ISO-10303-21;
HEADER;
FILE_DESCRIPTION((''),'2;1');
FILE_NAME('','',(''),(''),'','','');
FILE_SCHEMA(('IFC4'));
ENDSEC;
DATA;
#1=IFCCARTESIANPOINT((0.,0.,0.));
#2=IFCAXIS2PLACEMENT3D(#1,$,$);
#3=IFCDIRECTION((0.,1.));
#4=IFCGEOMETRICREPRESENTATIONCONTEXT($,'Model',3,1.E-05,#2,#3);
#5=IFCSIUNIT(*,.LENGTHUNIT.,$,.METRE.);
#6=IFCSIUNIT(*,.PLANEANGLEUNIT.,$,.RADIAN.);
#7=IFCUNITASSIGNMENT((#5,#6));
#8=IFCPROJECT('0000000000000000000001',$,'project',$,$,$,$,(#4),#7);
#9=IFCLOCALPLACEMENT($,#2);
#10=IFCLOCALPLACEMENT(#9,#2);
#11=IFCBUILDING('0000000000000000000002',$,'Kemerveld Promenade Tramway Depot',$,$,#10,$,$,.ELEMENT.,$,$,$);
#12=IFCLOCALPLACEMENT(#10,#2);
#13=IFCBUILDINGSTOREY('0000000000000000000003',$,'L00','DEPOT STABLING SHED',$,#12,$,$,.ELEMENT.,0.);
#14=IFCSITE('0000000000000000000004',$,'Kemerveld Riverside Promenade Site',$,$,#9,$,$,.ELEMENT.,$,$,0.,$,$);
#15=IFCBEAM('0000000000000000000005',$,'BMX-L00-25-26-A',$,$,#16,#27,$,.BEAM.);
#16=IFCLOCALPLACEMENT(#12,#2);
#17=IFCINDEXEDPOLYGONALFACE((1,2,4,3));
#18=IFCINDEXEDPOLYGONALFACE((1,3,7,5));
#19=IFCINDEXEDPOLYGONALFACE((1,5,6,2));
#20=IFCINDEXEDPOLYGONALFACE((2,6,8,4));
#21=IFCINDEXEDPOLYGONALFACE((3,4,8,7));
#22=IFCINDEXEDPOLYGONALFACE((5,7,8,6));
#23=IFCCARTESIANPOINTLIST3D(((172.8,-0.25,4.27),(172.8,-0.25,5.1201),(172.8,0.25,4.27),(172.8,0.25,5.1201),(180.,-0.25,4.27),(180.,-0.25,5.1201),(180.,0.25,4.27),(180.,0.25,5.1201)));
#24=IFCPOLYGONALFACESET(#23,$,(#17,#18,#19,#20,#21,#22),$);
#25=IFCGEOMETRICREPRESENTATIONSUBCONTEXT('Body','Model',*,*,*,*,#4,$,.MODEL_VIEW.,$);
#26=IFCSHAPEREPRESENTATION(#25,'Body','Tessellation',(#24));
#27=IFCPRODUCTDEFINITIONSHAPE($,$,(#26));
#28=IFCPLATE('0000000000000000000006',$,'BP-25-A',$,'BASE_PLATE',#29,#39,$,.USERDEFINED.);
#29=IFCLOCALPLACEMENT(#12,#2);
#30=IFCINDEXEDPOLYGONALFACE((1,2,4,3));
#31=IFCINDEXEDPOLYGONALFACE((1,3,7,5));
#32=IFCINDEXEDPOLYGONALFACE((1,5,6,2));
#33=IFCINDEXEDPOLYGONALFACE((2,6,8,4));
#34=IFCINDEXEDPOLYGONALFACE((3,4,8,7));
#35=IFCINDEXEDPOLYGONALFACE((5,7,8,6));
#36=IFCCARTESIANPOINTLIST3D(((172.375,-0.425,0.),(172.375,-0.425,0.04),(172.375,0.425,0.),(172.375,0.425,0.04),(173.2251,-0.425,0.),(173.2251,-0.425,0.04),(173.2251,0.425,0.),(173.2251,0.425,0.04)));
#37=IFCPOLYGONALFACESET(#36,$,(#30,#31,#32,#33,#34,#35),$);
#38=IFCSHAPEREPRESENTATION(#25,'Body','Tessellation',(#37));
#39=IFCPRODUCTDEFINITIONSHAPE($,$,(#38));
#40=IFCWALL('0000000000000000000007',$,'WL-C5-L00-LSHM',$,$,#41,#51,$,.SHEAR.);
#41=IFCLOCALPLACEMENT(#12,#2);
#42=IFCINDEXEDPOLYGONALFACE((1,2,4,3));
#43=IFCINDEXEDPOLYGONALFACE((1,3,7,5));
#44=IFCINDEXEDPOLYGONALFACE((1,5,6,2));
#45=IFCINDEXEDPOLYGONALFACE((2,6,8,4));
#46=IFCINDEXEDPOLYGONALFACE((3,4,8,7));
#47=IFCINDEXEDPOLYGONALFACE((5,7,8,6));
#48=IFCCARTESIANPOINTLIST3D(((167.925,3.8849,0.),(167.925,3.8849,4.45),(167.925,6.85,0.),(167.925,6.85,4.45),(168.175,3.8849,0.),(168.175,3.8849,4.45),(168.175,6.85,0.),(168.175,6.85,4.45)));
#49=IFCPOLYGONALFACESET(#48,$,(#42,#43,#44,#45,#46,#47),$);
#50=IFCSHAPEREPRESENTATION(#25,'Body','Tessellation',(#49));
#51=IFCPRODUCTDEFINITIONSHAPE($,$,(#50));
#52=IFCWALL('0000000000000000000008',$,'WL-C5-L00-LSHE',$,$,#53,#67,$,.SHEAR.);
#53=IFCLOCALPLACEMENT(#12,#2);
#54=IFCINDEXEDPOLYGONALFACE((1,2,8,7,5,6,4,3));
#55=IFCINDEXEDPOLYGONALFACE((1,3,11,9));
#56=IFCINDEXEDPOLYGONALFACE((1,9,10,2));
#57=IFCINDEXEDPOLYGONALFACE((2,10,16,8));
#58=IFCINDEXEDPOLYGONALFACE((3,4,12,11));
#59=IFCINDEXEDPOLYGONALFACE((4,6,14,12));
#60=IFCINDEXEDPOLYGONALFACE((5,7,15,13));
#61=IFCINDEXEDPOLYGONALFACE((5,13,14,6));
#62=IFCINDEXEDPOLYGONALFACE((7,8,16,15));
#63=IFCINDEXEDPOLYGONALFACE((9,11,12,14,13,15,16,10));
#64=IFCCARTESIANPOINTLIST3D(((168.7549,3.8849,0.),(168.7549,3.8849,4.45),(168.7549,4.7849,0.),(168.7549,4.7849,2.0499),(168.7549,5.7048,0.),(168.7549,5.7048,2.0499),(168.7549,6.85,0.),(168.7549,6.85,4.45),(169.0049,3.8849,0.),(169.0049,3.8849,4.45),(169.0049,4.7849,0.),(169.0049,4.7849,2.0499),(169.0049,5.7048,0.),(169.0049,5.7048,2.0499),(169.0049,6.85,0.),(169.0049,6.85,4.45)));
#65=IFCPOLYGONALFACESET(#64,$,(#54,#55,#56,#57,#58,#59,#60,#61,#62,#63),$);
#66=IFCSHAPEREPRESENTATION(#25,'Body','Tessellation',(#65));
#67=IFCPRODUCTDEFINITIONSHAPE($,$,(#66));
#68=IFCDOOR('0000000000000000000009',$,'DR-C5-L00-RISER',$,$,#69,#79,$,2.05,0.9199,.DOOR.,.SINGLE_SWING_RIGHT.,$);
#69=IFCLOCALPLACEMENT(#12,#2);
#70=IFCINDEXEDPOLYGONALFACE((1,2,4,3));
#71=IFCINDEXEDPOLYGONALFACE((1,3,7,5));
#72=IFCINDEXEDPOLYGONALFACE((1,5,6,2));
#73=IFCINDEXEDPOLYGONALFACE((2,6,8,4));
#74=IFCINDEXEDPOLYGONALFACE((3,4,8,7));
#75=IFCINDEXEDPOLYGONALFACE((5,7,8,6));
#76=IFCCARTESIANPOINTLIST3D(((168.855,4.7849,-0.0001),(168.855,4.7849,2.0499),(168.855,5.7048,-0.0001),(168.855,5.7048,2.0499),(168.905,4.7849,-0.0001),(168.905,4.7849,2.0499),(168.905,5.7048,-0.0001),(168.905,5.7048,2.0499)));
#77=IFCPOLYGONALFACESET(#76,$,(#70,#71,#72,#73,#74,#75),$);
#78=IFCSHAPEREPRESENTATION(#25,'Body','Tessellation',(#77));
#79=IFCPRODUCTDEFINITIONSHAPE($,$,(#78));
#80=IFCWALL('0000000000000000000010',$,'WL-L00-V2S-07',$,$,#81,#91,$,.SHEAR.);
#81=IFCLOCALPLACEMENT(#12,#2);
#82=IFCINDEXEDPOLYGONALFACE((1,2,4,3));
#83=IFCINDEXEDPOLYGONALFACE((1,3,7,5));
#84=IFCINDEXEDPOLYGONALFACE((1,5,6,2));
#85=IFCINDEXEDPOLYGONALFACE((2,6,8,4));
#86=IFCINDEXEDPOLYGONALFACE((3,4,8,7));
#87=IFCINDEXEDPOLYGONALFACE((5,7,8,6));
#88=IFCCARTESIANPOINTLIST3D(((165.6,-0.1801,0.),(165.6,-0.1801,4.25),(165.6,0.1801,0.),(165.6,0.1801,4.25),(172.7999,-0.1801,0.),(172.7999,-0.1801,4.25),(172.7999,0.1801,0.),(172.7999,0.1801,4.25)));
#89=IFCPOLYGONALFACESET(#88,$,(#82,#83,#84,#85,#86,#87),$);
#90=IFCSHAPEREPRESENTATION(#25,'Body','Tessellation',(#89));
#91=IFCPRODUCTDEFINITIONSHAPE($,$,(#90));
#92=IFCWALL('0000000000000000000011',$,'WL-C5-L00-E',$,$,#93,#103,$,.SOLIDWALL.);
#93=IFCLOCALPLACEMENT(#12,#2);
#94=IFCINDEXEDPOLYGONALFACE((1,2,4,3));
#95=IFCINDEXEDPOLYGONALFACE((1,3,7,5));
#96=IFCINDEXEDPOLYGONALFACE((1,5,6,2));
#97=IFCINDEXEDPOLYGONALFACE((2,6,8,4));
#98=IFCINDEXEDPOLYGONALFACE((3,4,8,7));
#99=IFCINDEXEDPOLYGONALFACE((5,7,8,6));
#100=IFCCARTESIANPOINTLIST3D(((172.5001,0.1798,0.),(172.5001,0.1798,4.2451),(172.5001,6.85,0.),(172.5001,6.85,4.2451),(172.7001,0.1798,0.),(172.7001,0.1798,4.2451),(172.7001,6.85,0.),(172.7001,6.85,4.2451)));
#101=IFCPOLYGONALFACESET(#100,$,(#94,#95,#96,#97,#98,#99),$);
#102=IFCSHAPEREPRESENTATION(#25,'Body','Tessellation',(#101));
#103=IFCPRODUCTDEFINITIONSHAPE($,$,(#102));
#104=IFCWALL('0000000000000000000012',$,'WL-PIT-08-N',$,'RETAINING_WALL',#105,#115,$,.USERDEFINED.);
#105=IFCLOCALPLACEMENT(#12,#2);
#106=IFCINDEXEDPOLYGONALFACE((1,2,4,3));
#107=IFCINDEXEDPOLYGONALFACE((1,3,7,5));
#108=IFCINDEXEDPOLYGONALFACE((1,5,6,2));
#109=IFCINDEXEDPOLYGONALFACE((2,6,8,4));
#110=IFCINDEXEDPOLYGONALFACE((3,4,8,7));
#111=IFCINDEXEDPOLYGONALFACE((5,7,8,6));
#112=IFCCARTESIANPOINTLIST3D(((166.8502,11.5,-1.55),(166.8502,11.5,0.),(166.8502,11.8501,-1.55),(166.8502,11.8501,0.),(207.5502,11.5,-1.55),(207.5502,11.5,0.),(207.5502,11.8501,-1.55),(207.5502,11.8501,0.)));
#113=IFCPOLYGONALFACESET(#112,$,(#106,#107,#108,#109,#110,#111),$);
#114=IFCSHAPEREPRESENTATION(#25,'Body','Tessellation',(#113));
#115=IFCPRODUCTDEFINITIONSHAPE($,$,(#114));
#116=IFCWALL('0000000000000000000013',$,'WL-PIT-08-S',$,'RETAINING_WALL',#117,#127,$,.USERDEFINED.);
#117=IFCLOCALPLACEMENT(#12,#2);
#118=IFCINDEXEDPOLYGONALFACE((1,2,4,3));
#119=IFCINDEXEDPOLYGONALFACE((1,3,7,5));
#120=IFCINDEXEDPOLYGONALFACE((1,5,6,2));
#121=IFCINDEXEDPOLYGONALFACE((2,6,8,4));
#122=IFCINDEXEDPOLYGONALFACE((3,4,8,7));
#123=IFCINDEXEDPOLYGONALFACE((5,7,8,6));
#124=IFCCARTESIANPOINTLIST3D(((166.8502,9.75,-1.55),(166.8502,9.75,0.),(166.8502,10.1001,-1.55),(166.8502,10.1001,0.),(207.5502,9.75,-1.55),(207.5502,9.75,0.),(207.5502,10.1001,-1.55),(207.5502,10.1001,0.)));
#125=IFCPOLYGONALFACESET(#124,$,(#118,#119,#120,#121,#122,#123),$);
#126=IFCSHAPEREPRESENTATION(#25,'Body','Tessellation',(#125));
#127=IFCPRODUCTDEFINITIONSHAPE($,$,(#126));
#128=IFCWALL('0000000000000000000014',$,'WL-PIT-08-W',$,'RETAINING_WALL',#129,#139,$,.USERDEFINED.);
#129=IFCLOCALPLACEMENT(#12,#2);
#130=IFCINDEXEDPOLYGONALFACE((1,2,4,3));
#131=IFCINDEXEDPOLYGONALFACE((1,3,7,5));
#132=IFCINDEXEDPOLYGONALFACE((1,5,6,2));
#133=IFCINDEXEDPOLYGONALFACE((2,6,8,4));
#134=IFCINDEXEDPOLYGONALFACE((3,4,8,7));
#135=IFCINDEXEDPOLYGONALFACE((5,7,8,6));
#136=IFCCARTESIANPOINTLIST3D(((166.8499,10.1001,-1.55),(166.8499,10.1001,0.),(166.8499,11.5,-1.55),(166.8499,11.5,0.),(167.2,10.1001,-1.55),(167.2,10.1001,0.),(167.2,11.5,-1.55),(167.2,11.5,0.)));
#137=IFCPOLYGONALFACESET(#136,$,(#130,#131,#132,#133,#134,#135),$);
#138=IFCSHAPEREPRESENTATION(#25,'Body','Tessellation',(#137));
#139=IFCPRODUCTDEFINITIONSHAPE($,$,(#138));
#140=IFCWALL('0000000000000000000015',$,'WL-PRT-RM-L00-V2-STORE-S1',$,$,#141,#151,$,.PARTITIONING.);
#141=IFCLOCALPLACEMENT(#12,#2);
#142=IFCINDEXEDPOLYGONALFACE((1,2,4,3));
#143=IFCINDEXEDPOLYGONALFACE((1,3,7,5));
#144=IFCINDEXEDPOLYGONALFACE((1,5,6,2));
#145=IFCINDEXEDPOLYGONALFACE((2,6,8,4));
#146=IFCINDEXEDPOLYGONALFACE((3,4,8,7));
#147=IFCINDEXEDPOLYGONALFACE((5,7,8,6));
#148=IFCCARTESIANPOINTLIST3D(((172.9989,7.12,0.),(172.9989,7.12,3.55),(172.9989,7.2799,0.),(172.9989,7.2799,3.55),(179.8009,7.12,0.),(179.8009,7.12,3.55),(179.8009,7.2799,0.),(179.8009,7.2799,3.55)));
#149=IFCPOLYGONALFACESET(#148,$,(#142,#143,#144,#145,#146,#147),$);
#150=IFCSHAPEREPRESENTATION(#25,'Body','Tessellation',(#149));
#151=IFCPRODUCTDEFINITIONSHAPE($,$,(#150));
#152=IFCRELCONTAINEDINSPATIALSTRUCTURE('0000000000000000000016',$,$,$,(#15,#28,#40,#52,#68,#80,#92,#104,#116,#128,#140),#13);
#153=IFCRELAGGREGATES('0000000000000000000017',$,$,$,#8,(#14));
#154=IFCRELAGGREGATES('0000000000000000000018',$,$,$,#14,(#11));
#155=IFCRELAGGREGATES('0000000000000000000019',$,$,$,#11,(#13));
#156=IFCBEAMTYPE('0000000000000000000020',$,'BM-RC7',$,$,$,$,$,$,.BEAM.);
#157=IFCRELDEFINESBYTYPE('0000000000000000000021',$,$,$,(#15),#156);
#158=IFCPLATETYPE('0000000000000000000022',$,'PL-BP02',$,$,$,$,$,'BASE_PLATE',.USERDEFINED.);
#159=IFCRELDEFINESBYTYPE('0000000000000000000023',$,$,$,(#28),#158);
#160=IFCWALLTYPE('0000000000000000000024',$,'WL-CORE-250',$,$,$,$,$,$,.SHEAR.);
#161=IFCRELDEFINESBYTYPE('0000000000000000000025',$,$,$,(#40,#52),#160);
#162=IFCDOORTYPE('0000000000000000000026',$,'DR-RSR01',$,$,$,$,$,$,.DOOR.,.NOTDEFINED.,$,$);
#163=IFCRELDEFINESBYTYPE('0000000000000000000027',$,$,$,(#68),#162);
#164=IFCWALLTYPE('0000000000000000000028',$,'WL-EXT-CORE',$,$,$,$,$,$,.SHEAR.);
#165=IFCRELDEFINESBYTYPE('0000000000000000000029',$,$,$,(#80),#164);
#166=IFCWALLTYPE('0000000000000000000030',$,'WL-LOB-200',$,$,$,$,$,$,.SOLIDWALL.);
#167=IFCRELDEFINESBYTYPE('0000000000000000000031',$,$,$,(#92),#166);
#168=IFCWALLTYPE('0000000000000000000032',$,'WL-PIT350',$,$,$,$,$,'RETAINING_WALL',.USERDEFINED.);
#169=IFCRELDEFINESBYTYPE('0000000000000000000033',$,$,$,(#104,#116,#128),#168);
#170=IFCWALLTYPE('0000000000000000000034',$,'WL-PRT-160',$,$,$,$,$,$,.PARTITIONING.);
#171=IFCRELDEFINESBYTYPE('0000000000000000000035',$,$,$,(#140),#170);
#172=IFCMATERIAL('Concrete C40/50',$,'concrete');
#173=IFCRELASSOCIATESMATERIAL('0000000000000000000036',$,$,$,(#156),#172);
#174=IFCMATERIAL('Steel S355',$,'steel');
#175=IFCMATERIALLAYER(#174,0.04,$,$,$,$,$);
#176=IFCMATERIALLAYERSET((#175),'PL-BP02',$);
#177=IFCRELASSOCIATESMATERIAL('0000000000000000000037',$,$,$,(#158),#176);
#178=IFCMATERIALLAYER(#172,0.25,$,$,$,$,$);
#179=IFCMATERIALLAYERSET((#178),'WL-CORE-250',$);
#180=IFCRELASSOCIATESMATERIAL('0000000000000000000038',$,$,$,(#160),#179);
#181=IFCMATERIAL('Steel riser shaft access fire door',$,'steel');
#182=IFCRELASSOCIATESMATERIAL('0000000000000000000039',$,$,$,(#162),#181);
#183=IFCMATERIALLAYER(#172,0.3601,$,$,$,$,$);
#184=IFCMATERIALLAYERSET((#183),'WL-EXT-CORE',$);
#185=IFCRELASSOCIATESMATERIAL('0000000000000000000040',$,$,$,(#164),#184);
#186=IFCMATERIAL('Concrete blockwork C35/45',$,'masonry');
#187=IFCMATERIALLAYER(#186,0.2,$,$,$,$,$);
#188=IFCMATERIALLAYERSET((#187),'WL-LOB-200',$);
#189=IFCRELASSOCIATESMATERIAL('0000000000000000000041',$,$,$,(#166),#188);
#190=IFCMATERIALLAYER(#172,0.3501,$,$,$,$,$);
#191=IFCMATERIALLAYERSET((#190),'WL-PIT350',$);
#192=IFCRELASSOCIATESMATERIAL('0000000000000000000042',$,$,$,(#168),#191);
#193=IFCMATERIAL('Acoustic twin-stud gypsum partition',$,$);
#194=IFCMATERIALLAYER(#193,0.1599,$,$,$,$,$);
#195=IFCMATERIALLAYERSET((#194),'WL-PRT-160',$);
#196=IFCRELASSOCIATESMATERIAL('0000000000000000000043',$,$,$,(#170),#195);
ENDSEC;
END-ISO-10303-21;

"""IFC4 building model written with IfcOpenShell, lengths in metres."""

from ifc_helpers import new_model, si_unit, direction, frame, frame_2d, origin, origin_2d, place, context, subcontext, project, spatial, rectangle, extrude, material, layer, layer_set, material_profile, profile_set, type_object, element, fill, save


model = new_model("IFC4")

# Units and contexts
model_context = context("Model", 3, precision=1e-05, world=origin(), true_north=direction((0.0, 1.0)))
body_context = subcontext(model_context, "Body", "Model", "MODEL_VIEW")
ifc_project = project(units=[si_unit("LENGTHUNIT", "METRE"), si_unit("PLANEANGLEUNIT", "RADIAN")], contexts=[model_context])

# Site, building, storey
site_placement = place(None, origin())
site = spatial("IfcSite", under=ifc_project, at=site_placement, Name="Kemerveld Riverside Promenade Site", CompositionType="ELEMENT", RefElevation=0.0)
building_placement = place(site_placement, origin())
building = spatial("IfcBuilding", under=site, at=building_placement, Name="Kemerveld Promenade Tramway Depot", CompositionType="ELEMENT")
storey_placement = place(building_placement, origin())
storey = spatial("IfcBuildingStorey", under=building, at=storey_placement, Name="L00", Description="DEPOT STABLING SHED", CompositionType="ELEMENT", Elevation=0.0)

# Shared definitions
ifc_material_1 = material(Name="Steel S355", Category="steel")

# Beam
ifc_material_2 = material(Name="Concrete C40/50", Category="concrete")
ifc_material_profile_1 = material_profile(ifc_material_2, rectangle(XDim=0.5, YDim=0.8501, at=origin_2d()), Name="RC-BM-500x850")
ifc_profile_set_1 = profile_set([ifc_material_profile_1], Name="Concrete C40/50")
beam_type_1 = type_object("IfcBeamType", Name="BM-RC7", PredefinedType="BEAM", material=ifc_profile_set_1)
beam_1_placement = place(storey_placement, frame((172.8, 0.0, 4.6951), z_axis=(1.0, 0.0, 0.0), x_axis=(0.0, 1.0, 0.0)))
element("IfcBeam", 1, at=beam_1_placement, inside=storey, type_object=beam_type_1, Name="BMX-L00-25-26-A", PredefinedType="BEAM", context=body_context, shape_type="SweptSolid", body=[
    extrude(rectangle(XDim=0.5, YDim=0.8501, at=origin_2d()), origin(), (0.0, 0.0, 1.0), 7.2),
])

# Plate
ifc_layer_1 = layer(ifc_material_1, 0.04)
ifc_layer_set_1 = layer_set([ifc_layer_1], Name="PL-BP02")
plate_type = type_object("IfcPlateType", Name="PL-BP02", ElementType="BASE_PLATE", PredefinedType="USERDEFINED", material=ifc_layer_set_1)
plate_placement = place(storey_placement, frame((172.8, 0.0, 0.0), z_axis=(0.0, 0.0, 1.0), x_axis=(1.0, 0.0, 0.0)))
element("IfcPlate", 2, at=plate_placement, inside=storey, type_object=plate_type, Name="BP-25-A", ObjectType="BASE_PLATE", PredefinedType="USERDEFINED", context=body_context, shape_type="SweptSolid", body=[
    extrude(rectangle(XDim=0.8501, YDim=0.8501, at=origin_2d()), origin(), (0.0, 0.0, 1.0), 0.04),
])

# Wall
ifc_layer_2 = layer(ifc_material_2, 0.25)
ifc_layer_set_2 = layer_set([ifc_layer_2], Name="WL-CORE-250")
wall_type_1 = type_object("IfcWallType", Name="WL-CORE-250", PredefinedType="SHEAR", material=ifc_layer_set_2)
wall_1_placement = place(storey_placement, frame((168.05, 3.885, 0.0), z_axis=(0.0, 0.0, 1.0), x_axis=(0.0, 1.0, 0.0)))
element("IfcWall", 3, at=wall_1_placement, inside=storey, type_object=wall_type_1, Name="WL-C5-L00-LSHM", PredefinedType="SHEAR", context=body_context, shape_type="SweptSolid", body=[
    extrude(rectangle(XDim=2.9651, YDim=0.25, at=frame_2d((1.4824, 0.0))), origin(), (0.0, 0.0, 1.0), 4.45),
])

# Wall, opening, door
wall_2_placement = place(storey_placement, frame((168.8799, 3.885, 0.0), z_axis=(0.0, 0.0, 1.0), x_axis=(0.0, 1.0, 0.0)))
wall_2 = element("IfcWall", 4, at=wall_2_placement, inside=storey, type_object=wall_type_1, Name="WL-C5-L00-LSHE", PredefinedType="SHEAR", context=body_context, shape_type="SweptSolid", body=[
    extrude(rectangle(XDim=2.9651, YDim=0.25, at=frame_2d((1.4824, 0.0))), origin(), (0.0, 0.0, 1.0), 4.45),
])
opening_placement = place(wall_2_placement, frame((0.8999, 0.0, 0.0)))
opening = element("IfcOpeningElement", 5, at=opening_placement, cuts=wall_2, PredefinedType="OPENING", context=body_context, shape_type="SweptSolid", body=[
    extrude(rectangle(XDim=0.9199, YDim=2.05, at=frame_2d((0.46, 1.0249))), frame((0.0, 0.135, 0.0), z_axis=(0.0, -1.0, 0.0), x_axis=(1.0, 0.0, 0.0)), (0.0, 0.0, 1.0), 0.27),
])
ifc_material_3 = material(Name="Steel riser shaft access fire door", Category="steel")
door_type = type_object("IfcDoorType", Name="DR-RSR01", OperationType="NOTDEFINED", PredefinedType="DOOR", material=ifc_material_3)
door_placement = place(opening_placement, origin())
door = element("IfcDoor", 6, at=door_placement, inside=storey, type_object=door_type, Name="DR-C5-L00-RISER", OperationType="SINGLE_SWING_RIGHT", OverallHeight=2.05, OverallWidth=0.9199, PredefinedType="DOOR", context=body_context, shape_type="SweptSolid", body=[
    extrude(rectangle(XDim=0.9199, YDim=2.05, at=frame_2d((0.46, 1.0249))), frame((0.0, 0.0249, 0.0), z_axis=(0.0, -1.0, 0.0), x_axis=(1.0, 0.0, 0.0)), (0.0, 0.0, 1.0), 0.05),
])
fill(opening, door)

# Walls
ifc_layer_3 = layer(ifc_material_2, 0.3601)
ifc_layer_set_3 = layer_set([ifc_layer_3], Name="WL-EXT-CORE")
wall_type_2 = type_object("IfcWallType", Name="WL-EXT-CORE", PredefinedType="SHEAR", material=ifc_layer_set_3)
wall_3_placement = place(storey_placement, frame((172.8, 0.0, 0.0), z_axis=(0.0, 0.0, 1.0), x_axis=(-1.0, 0.0, 0.0)))
element("IfcWall", 7, at=wall_3_placement, inside=storey, type_object=wall_type_2, Name="WL-L00-V2S-07", PredefinedType="SHEAR", context=body_context, shape_type="SweptSolid", body=[
    extrude(rectangle(XDim=7.2, YDim=0.3601, at=frame_2d((3.6001, 0.0))), origin(), (0.0, 0.0, 1.0), 4.25),
])
ifc_material_4 = material(Name="Concrete blockwork C35/45", Category="masonry")
ifc_layer_4 = layer(ifc_material_4, 0.2)
ifc_layer_set_4 = layer_set([ifc_layer_4], Name="WL-LOB-200")
wall_type_3 = type_object("IfcWallType", Name="WL-LOB-200", PredefinedType="SOLIDWALL", material=ifc_layer_set_4)
wall_4_placement = place(storey_placement, frame((172.6001, 0.1799, 0.0), z_axis=(0.0, 0.0, 1.0), x_axis=(0.0, 1.0, 0.0)))
element("IfcWall", 8, at=wall_4_placement, inside=storey, type_object=wall_type_3, Name="WL-C5-L00-E", PredefinedType="SOLIDWALL", context=body_context, shape_type="SweptSolid", body=[
    extrude(rectangle(XDim=6.6702, YDim=0.2, at=frame_2d((3.335, 0.0))), origin(), (0.0, 0.0, 1.0), 4.2451),
])
ifc_layer_5 = layer(ifc_material_2, 0.3501)
ifc_layer_set_5 = layer_set([ifc_layer_5], Name="WL-PIT350")
wall_type_4 = type_object("IfcWallType", Name="WL-PIT350", ElementType="RETAINING_WALL", PredefinedType="USERDEFINED", material=ifc_layer_set_5)
for number, where, z_axis, x_axis, name in (
    (9, (166.8501, 11.675, -1.55), (0.0, 0.0, 1.0), (1.0, 0.0, 0.0), "WL-PIT-08-N"),
    (10, (166.8501, 9.925, -1.55), (0.0, 0.0, 1.0), (1.0, 0.0, 0.0), "WL-PIT-08-S"),
):
    element("IfcWall", number, at=place(storey_placement, frame(where, z_axis=z_axis, x_axis=x_axis)), inside=storey, type_object=wall_type_4, Name=name, ObjectType="RETAINING_WALL", PredefinedType="USERDEFINED", context=body_context, shape_type="SweptSolid", body=[
        extrude(rectangle(XDim=40.7, YDim=0.3501, at=frame_2d((20.3501, 0.0))), origin(), (0.0, 0.0, 1.0), 1.55),
    ])
wall_5_placement = place(storey_placement, frame((167.0249, 10.1001, -1.55), z_axis=(0.0, 0.0, 1.0), x_axis=(0.0, 1.0, 0.0)))
element("IfcWall", 11, at=wall_5_placement, inside=storey, type_object=wall_type_4, Name="WL-PIT-08-W", ObjectType="RETAINING_WALL", PredefinedType="USERDEFINED", context=body_context, shape_type="SweptSolid", body=[
    extrude(rectangle(XDim=1.3999, YDim=0.3501, at=frame_2d((0.7, 0.0))), origin(), (0.0, 0.0, 1.0), 1.55),
])
ifc_material_5 = material(Name="Acoustic twin-stud gypsum partition")
ifc_layer_6 = layer(ifc_material_5, 0.1599)
ifc_layer_set_6 = layer_set([ifc_layer_6], Name="WL-PRT-160")
wall_type_5 = type_object("IfcWallType", Name="WL-PRT-160", PredefinedType="PARTITIONING", material=ifc_layer_set_6)
wall_6_placement = place(storey_placement, frame((172.999, 7.2, 0.0), z_axis=(0.0, 0.0, 1.0), x_axis=(1.0, 0.0, 0.0)))
element("IfcWall", 12, at=wall_6_placement, inside=storey, type_object=wall_type_5, Name="WL-PRT-RM-L00-V2-STORE-S1", PredefinedType="PARTITIONING", context=body_context, shape_type="SweptSolid", body=[
    extrude(rectangle(XDim=6.802, YDim=0.1599, at=frame_2d((3.4009, 0.0))), origin(), (0.0, 0.0, 1.0), 3.55),
])

save(model, "model.ifc")
